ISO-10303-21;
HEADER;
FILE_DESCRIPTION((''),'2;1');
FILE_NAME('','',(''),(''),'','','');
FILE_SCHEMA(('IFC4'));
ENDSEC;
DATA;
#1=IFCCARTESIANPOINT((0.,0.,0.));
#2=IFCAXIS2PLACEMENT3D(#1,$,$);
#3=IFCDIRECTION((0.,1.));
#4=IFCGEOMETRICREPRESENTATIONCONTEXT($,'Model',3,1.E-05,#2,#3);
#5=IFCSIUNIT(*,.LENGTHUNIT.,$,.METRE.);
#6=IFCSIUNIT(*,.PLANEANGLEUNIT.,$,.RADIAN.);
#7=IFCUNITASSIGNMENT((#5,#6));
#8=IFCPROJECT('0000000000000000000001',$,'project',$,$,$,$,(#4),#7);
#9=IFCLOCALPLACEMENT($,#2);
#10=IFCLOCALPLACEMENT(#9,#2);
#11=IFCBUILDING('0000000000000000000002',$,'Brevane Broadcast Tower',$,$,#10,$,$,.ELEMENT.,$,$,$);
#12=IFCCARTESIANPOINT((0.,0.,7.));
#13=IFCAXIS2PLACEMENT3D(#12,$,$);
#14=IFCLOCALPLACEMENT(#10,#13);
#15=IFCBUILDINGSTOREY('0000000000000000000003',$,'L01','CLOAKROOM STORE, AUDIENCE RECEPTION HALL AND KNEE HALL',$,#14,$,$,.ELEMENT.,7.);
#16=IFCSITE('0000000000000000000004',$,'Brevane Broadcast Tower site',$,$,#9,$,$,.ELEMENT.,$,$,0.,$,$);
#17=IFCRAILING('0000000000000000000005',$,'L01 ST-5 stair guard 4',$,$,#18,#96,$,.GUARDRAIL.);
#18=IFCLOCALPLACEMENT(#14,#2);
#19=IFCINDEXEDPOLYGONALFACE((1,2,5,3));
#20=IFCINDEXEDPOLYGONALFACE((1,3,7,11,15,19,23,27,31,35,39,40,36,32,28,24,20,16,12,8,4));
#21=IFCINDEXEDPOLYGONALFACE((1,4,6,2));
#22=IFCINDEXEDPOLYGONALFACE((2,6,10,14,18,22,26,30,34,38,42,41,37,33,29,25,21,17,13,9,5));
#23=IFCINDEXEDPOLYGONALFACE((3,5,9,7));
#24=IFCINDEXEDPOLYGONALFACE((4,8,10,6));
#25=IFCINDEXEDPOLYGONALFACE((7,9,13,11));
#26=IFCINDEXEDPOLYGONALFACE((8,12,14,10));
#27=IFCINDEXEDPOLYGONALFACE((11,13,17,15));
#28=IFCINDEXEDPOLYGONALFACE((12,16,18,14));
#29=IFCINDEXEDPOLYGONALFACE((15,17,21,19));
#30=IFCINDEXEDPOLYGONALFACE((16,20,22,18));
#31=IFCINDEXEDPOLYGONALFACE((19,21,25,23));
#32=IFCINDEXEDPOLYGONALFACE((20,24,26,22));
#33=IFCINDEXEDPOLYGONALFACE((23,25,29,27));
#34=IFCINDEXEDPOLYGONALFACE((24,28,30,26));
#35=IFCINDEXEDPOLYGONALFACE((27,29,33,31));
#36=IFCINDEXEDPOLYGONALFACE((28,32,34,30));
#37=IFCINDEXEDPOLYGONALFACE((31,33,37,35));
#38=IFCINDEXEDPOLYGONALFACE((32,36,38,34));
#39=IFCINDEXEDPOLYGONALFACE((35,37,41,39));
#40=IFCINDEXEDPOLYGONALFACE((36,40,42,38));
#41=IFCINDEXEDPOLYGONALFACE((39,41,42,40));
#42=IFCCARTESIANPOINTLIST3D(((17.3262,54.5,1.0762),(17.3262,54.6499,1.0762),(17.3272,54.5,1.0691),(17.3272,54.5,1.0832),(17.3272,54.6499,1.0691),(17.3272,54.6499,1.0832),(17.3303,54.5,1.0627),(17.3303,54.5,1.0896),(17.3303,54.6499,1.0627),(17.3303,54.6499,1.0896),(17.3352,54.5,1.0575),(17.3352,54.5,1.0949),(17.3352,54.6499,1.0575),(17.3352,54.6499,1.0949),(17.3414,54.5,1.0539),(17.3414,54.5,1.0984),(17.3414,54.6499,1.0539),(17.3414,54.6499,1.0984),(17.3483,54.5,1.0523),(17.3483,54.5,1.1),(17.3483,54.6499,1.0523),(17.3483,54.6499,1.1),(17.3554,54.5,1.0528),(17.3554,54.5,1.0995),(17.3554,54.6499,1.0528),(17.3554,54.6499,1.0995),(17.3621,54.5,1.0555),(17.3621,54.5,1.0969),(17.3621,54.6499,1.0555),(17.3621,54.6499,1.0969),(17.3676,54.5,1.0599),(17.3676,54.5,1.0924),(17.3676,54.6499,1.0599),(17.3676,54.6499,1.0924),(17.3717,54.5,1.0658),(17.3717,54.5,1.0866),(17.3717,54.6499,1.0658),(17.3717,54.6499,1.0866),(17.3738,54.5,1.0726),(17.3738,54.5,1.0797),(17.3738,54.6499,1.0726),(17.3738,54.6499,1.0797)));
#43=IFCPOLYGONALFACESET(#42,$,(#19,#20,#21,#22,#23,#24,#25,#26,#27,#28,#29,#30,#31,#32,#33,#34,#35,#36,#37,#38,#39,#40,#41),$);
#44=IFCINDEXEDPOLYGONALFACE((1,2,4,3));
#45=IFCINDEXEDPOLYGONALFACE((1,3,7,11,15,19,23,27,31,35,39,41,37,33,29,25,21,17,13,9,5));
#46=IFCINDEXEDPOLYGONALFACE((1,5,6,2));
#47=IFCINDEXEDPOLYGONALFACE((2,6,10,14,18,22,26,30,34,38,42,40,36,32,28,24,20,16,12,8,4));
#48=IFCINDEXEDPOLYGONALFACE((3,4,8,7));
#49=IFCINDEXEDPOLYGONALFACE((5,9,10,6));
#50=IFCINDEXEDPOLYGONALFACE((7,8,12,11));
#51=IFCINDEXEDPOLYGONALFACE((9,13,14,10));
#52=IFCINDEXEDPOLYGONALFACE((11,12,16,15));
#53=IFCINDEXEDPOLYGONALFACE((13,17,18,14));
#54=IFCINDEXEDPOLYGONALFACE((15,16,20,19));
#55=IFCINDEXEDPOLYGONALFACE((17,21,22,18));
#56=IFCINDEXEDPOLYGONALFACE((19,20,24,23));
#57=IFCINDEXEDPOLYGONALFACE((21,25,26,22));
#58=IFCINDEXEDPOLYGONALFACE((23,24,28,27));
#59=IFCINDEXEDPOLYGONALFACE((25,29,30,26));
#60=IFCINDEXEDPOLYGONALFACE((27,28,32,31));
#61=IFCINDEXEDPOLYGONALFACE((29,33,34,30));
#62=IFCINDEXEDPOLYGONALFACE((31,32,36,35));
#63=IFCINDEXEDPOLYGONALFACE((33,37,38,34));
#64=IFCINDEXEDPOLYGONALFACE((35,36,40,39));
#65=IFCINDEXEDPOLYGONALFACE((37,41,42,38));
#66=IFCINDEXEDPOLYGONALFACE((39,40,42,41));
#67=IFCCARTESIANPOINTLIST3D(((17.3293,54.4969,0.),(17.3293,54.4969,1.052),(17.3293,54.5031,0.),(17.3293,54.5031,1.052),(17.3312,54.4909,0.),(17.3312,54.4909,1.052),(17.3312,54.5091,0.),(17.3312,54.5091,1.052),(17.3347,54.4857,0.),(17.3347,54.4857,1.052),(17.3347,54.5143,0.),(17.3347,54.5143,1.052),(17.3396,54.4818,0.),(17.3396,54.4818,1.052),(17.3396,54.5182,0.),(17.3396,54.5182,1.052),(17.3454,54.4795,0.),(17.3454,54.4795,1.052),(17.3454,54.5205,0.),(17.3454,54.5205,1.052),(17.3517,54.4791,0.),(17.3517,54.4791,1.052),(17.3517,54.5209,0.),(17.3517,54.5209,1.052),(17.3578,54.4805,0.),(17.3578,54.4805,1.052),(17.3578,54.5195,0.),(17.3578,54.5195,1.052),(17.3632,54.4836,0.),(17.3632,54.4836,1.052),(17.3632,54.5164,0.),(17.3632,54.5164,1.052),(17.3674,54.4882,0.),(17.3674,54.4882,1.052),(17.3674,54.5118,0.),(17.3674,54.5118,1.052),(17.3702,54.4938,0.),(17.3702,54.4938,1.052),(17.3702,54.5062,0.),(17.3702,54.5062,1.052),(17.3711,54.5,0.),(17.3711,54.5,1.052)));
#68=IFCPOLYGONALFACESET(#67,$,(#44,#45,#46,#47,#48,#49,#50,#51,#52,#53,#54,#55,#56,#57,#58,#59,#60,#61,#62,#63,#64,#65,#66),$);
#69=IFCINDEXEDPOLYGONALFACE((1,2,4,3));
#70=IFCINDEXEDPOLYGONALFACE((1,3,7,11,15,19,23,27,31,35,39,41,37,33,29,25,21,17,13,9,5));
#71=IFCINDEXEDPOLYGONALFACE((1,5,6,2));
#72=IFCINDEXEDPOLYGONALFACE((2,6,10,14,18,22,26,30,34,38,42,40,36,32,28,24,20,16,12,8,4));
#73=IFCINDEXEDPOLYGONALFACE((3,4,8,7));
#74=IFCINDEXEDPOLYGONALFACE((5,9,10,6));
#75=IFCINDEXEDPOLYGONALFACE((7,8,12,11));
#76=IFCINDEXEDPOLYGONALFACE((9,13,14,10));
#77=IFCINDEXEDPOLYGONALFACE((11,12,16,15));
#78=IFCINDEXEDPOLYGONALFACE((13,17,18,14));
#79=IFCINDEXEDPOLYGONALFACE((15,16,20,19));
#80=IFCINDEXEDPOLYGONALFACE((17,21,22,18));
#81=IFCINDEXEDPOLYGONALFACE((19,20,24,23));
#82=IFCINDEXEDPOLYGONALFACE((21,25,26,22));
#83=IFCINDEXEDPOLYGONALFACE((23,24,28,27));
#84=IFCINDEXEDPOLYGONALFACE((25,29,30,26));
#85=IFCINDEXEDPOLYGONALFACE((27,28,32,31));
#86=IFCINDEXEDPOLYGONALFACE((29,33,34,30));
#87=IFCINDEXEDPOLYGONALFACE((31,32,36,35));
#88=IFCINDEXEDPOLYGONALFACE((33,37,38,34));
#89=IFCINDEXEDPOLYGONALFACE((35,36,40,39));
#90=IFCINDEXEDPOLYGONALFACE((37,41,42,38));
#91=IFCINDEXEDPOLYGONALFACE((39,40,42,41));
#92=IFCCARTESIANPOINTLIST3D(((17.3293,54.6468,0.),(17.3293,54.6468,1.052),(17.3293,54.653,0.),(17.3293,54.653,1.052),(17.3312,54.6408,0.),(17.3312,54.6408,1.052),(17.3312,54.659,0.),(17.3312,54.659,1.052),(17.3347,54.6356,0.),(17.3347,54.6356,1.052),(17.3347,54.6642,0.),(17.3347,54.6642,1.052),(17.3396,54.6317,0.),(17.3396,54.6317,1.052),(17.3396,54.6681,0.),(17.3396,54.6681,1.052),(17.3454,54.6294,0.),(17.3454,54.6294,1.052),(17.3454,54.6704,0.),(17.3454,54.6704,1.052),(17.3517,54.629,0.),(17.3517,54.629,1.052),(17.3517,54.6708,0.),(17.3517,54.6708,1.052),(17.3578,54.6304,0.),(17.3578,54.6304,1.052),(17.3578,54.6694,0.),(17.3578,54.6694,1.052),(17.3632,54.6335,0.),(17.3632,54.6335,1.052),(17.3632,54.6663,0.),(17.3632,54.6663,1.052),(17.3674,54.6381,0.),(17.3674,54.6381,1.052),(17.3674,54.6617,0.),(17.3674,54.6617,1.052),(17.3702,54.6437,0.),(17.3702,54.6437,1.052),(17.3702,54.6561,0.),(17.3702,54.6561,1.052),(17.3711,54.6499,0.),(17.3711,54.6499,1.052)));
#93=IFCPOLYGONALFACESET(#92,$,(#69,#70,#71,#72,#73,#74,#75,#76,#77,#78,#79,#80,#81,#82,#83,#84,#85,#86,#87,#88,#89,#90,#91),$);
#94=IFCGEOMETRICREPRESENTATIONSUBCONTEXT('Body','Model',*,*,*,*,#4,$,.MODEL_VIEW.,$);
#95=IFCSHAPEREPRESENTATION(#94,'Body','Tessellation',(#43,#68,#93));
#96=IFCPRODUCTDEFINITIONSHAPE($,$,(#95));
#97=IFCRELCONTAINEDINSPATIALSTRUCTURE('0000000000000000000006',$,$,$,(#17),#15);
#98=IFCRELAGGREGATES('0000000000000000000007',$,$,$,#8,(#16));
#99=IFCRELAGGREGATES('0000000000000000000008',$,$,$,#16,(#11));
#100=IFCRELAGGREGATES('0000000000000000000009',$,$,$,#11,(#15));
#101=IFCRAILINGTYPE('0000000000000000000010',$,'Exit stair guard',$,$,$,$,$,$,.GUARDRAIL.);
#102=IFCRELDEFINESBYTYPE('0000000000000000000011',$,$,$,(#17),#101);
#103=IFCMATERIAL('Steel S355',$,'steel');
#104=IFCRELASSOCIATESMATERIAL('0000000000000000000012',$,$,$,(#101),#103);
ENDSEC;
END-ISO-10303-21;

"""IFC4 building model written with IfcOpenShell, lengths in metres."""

from ifc_helpers import new_model, si_unit, direction, frame, origin, origin_2d, place, context, subcontext, project, spatial, circle, extrude, material, type_object, element, save


model = new_model("IFC4")

# Units and contexts
model_context = context("Model", 3, precision=1e-05, world=origin(), true_north=direction((0.0, 1.0)))
body_context = subcontext(model_context, "Body", "Model", "MODEL_VIEW")
ifc_project = project(units=[si_unit("LENGTHUNIT", "METRE"), si_unit("PLANEANGLEUNIT", "RADIAN")], contexts=[model_context])

# Site, building, storey
site_placement = place(None, origin())
site = spatial("IfcSite", under=ifc_project, at=site_placement, Name="Brevane Broadcast Tower site", CompositionType="ELEMENT", RefElevation=0.0)
building_placement = place(site_placement, origin())
building = spatial("IfcBuilding", under=site, at=building_placement, Name="Brevane Broadcast Tower", CompositionType="ELEMENT")
storey_placement = place(building_placement, frame((0.0, 0.0, 7.0)))
storey = spatial("IfcBuildingStorey", under=building, at=storey_placement, Name="L01", Description="CLOAKROOM STORE, AUDIENCE RECEPTION HALL AND KNEE HALL", CompositionType="ELEMENT", Elevation=7.0)

# Railing
ifc_material_1 = material(Name="Steel S355", Category="steel")
railing_type_1 = type_object("IfcRailingType", Name="Exit stair guard", PredefinedType="GUARDRAIL", material=ifc_material_1)
railing_1_placement = place(storey_placement, frame((17.3501, 54.5, 0.0)))
element("IfcRailing", 1, at=railing_1_placement, inside=storey, type_object=railing_type_1, Name="L01 ST-5 stair guard 4", PredefinedType="GUARDRAIL", context=body_context, shape_type="SweptSolid", body=[
    extrude(circle(Radius=0.0239, at=origin_2d()), frame((0.0, 0.0, 1.0762), z_axis=(0.0, 1.0, 0.0), x_axis=(-1.0, 0.0, 0.0)), (0.0, 0.0, 1.0), 0.1499),
    extrude(circle(Radius=0.021, at=origin_2d()), origin(), (0.0, 0.0, 1.0), 1.052),
    extrude(circle(Radius=0.021, at=origin_2d()), frame((0.0, 0.1499, 0.0)), (0.0, 0.0, 1.0), 1.052),
])

save(model, "model.ifc")
